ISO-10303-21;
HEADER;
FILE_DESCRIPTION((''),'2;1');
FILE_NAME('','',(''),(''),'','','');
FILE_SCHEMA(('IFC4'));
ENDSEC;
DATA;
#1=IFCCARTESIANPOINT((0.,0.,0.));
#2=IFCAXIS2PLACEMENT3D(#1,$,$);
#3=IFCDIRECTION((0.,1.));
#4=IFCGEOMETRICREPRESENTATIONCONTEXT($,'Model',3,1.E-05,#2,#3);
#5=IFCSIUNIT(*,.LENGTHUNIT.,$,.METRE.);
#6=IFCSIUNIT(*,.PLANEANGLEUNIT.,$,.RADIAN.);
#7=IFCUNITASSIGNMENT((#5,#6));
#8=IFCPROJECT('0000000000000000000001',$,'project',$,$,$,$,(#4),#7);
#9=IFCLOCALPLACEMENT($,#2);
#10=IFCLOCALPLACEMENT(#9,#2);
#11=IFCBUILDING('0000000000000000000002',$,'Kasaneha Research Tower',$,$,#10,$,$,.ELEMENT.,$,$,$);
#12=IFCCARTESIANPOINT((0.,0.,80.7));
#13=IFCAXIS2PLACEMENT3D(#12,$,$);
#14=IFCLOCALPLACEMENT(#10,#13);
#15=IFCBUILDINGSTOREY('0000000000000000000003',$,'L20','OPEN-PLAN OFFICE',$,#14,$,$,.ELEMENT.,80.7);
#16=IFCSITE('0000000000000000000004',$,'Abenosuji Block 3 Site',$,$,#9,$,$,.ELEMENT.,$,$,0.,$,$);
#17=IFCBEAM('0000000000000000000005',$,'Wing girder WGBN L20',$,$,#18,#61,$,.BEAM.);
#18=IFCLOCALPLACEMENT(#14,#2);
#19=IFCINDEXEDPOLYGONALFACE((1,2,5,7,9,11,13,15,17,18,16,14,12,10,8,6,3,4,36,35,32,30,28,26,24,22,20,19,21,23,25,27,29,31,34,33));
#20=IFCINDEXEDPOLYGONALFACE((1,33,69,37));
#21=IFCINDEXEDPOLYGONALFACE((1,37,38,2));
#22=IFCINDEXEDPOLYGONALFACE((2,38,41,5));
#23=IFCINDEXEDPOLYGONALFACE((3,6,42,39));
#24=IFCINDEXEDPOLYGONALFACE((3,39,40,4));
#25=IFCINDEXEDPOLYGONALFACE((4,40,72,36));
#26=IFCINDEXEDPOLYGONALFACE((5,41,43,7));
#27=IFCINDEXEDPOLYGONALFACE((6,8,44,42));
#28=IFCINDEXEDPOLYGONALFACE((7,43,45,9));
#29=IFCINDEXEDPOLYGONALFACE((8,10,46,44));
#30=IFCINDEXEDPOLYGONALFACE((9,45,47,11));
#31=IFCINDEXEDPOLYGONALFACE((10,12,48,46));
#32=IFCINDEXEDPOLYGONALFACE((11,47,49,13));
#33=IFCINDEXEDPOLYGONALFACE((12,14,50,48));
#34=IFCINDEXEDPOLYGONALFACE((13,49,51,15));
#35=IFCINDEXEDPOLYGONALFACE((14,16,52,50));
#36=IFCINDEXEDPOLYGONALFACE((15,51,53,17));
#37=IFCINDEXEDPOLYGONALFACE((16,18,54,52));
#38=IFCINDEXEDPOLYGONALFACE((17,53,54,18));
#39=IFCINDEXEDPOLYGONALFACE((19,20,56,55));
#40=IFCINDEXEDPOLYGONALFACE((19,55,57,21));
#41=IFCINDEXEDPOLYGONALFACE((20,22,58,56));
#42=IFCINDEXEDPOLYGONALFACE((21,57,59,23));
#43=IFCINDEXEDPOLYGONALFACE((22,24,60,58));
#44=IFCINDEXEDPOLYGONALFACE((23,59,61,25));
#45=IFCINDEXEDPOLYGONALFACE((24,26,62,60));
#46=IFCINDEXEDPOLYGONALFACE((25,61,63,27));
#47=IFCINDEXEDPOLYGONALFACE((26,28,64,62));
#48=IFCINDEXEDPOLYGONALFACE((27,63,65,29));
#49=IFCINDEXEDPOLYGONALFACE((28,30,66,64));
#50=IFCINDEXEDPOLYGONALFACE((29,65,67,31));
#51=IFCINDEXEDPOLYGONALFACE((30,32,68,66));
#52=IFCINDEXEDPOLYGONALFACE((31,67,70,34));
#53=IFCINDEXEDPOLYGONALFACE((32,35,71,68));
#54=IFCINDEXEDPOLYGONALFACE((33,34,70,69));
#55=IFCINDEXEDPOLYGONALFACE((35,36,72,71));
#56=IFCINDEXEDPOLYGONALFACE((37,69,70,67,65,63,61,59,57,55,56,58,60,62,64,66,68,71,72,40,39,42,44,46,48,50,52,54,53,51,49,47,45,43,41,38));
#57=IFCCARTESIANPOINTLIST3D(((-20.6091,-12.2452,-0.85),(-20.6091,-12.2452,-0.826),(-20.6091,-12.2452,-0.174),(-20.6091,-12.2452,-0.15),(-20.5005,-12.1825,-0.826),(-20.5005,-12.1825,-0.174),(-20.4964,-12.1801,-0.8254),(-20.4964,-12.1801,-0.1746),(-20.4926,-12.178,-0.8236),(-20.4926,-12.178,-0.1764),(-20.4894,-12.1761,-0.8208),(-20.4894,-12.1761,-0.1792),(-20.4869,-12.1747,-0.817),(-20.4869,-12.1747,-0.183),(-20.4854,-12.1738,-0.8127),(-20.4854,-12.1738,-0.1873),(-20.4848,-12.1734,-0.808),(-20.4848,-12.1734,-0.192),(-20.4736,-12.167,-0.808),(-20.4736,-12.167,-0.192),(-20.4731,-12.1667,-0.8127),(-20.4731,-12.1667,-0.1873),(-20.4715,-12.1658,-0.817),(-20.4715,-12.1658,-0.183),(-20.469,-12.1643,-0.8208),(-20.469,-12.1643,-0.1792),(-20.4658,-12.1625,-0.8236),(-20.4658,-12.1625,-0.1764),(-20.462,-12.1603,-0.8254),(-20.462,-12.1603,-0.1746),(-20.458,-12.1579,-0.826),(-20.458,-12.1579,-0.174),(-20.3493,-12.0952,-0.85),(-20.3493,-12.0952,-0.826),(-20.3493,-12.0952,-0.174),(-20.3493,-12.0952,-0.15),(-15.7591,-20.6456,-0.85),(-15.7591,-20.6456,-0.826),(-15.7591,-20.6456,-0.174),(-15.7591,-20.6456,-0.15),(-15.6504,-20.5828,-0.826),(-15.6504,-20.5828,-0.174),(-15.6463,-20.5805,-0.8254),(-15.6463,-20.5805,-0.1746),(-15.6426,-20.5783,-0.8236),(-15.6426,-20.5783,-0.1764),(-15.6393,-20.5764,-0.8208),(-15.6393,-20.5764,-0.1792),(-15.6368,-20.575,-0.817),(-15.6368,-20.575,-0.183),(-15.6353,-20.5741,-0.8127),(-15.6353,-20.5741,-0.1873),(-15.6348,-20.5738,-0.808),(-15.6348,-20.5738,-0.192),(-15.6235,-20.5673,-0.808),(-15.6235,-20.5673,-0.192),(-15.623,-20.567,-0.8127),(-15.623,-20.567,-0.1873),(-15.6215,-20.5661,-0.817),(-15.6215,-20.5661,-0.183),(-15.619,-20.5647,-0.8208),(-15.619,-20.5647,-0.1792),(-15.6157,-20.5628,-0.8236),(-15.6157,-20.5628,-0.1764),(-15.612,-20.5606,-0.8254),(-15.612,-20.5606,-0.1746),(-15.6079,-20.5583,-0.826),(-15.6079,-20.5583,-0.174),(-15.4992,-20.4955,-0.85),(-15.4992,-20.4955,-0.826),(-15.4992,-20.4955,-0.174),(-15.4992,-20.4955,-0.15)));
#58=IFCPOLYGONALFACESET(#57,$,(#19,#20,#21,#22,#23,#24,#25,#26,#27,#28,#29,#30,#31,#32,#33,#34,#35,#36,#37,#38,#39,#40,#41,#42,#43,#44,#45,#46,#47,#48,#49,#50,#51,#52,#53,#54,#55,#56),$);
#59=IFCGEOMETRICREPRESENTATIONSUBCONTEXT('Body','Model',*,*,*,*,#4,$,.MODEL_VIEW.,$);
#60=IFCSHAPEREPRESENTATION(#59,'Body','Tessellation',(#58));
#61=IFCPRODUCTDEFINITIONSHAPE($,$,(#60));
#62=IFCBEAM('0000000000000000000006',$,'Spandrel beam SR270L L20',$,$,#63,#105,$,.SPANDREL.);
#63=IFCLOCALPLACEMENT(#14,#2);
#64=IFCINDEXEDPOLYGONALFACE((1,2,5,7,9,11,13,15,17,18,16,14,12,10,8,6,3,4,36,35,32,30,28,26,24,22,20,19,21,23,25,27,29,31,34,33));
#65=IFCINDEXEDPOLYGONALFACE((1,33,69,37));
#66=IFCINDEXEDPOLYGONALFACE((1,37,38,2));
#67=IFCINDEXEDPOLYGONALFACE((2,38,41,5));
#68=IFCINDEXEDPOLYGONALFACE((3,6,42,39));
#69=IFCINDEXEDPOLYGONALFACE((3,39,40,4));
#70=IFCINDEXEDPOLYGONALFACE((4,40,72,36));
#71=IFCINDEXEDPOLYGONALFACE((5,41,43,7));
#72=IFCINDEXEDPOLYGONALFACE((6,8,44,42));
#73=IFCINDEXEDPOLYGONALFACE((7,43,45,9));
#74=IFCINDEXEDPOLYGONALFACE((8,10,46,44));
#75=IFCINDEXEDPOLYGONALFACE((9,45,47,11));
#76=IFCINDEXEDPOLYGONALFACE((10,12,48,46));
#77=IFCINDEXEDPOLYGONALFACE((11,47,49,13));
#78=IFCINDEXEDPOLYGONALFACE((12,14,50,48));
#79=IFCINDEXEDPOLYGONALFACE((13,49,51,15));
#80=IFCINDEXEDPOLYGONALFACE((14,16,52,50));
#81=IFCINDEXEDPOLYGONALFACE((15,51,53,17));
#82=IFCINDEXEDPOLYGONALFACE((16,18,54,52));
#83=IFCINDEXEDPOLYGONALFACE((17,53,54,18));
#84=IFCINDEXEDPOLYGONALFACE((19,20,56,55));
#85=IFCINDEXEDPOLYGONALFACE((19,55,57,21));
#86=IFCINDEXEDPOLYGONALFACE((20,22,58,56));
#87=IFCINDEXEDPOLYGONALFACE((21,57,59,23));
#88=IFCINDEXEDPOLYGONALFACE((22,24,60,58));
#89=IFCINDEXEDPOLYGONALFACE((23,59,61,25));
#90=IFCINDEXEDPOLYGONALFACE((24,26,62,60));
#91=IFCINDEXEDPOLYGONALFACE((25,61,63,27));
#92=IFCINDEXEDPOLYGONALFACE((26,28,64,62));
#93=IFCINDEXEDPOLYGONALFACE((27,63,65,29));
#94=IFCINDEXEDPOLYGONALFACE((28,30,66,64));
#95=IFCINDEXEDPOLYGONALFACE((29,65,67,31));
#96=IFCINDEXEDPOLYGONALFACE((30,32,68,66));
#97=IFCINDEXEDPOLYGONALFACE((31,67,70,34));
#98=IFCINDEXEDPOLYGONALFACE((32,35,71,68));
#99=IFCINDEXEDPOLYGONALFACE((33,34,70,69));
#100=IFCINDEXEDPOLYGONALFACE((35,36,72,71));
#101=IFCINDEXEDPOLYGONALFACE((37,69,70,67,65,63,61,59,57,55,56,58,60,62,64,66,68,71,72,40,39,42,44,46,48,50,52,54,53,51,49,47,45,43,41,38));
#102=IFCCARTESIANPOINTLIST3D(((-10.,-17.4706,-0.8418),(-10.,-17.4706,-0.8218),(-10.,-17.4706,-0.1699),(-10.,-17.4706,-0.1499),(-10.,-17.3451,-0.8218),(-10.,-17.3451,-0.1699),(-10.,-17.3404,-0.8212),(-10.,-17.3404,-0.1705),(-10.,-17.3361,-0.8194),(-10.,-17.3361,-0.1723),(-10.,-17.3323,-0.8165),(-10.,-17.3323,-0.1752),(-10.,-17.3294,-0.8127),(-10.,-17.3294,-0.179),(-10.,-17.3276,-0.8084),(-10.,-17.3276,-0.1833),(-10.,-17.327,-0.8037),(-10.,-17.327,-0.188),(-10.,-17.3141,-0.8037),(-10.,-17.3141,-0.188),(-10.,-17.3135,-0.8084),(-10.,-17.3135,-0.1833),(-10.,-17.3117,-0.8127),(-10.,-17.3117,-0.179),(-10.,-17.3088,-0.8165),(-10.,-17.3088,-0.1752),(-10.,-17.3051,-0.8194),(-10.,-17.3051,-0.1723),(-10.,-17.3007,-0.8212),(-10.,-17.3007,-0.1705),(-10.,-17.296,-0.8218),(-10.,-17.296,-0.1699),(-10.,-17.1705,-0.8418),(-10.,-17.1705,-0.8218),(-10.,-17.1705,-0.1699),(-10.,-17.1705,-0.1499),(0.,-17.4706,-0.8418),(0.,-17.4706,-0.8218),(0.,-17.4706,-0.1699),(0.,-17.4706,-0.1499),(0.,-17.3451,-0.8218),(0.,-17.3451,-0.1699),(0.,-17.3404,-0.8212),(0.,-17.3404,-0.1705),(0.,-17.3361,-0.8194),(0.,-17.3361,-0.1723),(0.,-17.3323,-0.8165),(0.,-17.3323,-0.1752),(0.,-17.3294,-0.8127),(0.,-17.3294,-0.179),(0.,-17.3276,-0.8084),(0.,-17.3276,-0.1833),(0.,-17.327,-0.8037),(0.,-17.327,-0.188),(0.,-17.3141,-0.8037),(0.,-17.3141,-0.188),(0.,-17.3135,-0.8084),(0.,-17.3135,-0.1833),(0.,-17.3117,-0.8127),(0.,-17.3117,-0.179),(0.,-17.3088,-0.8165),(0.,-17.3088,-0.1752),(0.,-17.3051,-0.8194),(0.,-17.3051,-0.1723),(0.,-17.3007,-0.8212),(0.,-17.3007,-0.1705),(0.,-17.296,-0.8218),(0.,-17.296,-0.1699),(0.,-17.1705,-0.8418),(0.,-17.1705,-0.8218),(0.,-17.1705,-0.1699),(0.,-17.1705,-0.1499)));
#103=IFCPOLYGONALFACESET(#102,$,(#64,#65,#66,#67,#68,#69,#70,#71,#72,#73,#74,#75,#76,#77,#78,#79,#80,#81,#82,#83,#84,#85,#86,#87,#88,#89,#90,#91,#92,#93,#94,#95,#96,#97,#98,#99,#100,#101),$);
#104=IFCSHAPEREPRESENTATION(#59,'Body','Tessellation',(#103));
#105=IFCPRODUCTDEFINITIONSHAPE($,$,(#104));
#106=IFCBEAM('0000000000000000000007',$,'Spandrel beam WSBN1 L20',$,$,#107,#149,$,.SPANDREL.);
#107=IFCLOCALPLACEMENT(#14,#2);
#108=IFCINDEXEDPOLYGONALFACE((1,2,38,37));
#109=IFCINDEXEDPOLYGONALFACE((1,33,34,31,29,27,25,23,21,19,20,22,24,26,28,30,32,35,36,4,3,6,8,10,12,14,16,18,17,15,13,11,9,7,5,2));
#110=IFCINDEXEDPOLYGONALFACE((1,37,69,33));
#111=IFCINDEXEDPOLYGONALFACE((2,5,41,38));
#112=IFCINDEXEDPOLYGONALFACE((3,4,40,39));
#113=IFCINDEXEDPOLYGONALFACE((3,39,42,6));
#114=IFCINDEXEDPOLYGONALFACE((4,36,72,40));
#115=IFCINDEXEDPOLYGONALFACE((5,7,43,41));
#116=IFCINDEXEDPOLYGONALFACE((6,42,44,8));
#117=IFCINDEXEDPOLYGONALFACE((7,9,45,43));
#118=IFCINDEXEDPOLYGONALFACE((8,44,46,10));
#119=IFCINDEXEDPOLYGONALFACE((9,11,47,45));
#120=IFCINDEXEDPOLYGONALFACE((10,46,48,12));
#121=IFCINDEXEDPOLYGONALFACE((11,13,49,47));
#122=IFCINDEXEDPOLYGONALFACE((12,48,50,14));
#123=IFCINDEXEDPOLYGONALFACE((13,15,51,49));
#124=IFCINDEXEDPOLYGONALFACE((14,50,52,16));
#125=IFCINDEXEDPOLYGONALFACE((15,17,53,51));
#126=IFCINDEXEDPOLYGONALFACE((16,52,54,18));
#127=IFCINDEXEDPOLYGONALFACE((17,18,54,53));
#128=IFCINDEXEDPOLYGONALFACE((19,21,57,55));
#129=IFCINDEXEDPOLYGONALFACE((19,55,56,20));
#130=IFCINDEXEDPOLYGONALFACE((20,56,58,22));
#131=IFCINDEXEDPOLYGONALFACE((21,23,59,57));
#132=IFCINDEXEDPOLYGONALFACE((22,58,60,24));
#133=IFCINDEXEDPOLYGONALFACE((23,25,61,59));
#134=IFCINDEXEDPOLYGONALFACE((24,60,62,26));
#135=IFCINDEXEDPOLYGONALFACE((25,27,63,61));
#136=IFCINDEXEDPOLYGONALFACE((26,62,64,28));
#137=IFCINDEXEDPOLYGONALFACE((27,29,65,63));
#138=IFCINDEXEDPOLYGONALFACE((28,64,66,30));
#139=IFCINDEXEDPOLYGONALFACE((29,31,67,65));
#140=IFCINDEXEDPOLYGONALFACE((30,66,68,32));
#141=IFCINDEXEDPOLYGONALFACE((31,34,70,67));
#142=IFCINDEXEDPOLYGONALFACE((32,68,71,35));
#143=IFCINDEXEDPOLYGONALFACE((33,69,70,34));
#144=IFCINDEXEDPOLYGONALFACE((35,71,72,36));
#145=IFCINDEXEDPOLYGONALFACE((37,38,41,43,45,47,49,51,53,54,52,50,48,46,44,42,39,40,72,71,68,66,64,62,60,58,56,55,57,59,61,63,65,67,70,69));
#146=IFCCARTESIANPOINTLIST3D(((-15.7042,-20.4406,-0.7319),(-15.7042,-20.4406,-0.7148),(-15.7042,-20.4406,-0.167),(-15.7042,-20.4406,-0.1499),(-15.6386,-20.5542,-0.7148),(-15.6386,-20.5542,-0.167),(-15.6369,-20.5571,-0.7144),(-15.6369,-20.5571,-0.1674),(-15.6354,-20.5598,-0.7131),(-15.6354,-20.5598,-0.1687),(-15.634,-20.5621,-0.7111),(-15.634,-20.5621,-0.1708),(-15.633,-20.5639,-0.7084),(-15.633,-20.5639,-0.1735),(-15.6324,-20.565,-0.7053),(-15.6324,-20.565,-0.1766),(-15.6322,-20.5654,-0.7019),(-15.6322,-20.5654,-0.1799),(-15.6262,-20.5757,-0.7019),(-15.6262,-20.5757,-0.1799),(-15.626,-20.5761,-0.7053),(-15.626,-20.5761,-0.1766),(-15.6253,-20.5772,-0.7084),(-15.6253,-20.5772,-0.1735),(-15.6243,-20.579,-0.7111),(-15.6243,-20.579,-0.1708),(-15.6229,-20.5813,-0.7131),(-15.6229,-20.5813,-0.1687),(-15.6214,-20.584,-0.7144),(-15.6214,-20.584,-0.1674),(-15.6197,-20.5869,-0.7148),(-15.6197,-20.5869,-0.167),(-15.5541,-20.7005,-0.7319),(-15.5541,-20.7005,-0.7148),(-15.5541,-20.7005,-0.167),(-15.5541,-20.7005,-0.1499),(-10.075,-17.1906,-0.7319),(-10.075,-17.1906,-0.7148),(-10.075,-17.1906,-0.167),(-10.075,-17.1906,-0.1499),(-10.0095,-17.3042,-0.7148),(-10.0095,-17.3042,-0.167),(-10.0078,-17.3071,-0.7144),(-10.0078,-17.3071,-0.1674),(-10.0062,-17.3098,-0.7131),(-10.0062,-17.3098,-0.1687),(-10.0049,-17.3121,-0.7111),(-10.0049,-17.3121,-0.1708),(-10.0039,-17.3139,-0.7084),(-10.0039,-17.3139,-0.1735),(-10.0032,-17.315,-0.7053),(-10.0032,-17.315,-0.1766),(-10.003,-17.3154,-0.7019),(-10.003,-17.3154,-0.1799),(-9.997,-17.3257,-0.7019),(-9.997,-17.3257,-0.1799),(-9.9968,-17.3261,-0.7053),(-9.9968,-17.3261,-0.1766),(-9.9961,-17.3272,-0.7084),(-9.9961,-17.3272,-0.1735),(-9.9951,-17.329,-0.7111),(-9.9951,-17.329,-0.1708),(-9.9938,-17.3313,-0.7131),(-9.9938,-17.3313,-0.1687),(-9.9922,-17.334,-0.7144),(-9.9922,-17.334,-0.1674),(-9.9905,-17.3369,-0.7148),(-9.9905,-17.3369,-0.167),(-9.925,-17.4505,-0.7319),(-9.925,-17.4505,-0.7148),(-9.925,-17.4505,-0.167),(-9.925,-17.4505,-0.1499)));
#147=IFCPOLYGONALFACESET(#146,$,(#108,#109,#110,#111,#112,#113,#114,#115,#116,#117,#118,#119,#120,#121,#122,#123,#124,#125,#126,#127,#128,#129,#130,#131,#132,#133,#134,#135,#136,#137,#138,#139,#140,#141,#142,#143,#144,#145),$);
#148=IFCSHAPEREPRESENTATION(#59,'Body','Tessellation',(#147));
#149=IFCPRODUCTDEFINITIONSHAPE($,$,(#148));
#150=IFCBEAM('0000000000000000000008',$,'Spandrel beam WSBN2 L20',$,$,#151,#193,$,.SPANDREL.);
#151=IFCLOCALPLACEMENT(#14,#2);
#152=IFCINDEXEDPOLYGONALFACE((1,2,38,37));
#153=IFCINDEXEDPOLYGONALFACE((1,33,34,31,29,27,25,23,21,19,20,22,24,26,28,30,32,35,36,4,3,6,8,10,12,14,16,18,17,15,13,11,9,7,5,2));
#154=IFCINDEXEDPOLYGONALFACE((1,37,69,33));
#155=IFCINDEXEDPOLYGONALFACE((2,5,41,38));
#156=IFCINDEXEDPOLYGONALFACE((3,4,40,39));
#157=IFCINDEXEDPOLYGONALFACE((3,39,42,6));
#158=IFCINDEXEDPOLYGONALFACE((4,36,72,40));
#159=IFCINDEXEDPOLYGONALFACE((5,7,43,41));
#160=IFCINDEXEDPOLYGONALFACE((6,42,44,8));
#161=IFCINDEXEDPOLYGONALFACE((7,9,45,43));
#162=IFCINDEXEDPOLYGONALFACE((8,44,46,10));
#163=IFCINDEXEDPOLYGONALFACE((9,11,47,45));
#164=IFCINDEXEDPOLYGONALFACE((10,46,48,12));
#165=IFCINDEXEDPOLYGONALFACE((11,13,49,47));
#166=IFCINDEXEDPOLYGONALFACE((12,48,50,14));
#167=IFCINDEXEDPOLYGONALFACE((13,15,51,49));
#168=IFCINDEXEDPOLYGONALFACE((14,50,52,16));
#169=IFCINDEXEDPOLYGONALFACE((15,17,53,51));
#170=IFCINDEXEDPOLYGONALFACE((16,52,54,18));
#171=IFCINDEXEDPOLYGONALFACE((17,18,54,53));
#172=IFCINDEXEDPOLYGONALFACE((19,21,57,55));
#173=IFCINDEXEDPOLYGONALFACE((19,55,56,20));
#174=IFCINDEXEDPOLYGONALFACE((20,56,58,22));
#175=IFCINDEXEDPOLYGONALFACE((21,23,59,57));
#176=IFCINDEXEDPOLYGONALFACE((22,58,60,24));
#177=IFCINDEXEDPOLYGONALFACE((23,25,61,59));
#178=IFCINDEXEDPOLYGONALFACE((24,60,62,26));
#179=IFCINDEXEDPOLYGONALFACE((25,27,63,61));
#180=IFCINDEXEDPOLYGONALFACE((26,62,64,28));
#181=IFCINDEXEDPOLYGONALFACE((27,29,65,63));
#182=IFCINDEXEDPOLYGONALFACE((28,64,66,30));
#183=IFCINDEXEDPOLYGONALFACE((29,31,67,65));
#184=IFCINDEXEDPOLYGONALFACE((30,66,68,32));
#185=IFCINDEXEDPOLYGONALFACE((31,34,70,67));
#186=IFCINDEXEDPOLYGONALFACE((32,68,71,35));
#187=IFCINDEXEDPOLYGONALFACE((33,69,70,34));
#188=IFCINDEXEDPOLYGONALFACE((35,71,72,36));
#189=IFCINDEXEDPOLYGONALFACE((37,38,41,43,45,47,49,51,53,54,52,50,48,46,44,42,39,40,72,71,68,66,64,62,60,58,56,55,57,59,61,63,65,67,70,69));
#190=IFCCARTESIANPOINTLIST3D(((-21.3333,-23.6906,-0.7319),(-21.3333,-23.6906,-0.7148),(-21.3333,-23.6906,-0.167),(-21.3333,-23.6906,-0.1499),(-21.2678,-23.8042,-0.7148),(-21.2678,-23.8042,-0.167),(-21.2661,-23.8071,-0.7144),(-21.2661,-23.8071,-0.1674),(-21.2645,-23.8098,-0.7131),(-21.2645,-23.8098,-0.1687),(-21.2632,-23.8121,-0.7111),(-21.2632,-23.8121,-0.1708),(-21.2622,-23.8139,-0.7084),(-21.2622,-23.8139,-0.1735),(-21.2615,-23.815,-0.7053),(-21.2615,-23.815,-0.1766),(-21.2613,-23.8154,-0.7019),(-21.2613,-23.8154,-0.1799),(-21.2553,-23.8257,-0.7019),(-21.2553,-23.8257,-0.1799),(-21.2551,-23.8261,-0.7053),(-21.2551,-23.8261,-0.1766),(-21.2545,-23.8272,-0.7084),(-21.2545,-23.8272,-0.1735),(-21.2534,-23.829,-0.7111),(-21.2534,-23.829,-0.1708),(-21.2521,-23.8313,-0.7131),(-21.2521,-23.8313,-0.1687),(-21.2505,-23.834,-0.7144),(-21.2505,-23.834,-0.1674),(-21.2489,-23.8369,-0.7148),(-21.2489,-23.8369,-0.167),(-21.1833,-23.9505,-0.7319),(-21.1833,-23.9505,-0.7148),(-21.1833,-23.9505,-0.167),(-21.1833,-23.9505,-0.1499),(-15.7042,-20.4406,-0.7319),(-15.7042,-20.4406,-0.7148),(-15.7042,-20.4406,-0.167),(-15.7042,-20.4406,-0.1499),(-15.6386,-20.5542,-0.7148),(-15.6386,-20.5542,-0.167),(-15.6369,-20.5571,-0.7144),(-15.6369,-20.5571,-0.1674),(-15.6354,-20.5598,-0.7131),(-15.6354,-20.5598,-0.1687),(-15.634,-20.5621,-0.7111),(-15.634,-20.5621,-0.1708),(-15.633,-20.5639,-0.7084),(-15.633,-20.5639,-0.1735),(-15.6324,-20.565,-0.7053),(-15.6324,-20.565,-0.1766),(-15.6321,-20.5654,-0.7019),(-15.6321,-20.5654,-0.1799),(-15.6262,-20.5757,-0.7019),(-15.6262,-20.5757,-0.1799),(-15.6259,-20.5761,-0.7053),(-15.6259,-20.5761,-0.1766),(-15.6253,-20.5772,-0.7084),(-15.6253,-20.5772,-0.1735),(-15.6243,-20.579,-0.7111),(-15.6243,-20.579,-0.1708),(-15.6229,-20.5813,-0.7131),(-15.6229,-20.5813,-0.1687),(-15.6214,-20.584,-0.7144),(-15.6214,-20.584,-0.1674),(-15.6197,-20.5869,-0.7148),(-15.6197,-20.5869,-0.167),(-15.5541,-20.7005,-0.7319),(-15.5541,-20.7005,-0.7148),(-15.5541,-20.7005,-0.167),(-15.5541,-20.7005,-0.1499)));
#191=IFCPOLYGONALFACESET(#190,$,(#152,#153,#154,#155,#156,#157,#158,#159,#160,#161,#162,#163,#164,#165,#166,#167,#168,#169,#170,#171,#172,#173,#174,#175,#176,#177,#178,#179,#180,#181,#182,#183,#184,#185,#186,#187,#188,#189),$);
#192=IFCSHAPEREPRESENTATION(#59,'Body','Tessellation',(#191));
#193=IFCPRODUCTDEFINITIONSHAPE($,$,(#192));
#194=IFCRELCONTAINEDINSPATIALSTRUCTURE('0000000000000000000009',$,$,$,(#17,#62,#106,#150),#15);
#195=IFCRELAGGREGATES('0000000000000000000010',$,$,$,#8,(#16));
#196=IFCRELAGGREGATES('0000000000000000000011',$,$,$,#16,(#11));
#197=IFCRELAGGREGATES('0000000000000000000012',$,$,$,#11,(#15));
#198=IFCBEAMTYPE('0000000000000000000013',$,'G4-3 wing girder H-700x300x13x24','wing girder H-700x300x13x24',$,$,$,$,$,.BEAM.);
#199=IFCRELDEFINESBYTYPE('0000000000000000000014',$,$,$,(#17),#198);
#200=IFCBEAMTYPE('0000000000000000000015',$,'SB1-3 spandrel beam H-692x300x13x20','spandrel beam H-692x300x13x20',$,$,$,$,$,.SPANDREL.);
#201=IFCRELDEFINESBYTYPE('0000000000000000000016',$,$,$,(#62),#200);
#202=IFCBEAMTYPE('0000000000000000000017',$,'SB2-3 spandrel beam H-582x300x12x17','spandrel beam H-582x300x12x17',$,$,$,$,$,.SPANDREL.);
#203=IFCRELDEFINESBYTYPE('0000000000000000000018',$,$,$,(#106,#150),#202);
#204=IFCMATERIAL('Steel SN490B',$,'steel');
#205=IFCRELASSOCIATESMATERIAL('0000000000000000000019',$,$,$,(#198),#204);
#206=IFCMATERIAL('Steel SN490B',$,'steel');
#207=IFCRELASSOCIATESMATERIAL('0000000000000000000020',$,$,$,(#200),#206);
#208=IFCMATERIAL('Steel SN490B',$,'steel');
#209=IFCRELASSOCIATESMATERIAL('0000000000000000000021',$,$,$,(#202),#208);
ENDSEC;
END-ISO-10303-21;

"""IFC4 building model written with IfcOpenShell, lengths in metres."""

from ifc_helpers import new_model, si_unit, direction, frame, origin, origin_2d, place, context, subcontext, project, spatial, i_section, extrude, material, material_profile, profile_set, type_object, element, save


model = new_model("IFC4")

# Units and contexts
model_context = context("Model", 3, precision=1e-05, world=origin(), true_north=direction((0.0, 1.0)))
body_context = subcontext(model_context, "Body", "Model", "MODEL_VIEW")
ifc_project = project(units=[si_unit("LENGTHUNIT", "METRE"), si_unit("PLANEANGLEUNIT", "RADIAN")], contexts=[model_context])

# Site, building, storey
site_placement = place(None, origin())
site = spatial("IfcSite", under=ifc_project, at=site_placement, Name="Abenosuji Block 3 Site", CompositionType="ELEMENT", RefElevation=0.0)
building_placement = place(site_placement, origin())
building = spatial("IfcBuilding", under=site, at=building_placement, Name="Kasaneha Research Tower", CompositionType="ELEMENT")
storey_placement = place(building_placement, frame((0.0, 0.0, 80.7)))
storey = spatial("IfcBuildingStorey", under=building, at=storey_placement, Name="L20", Description="OPEN-PLAN OFFICE", CompositionType="ELEMENT", Elevation=80.7)

# Beams
ifc_material_1 = material(Name="Steel SN490B", Category="steel")
ifc_material_profile_1 = material_profile(ifc_material_1, i_section(OverallWidth=0.3, OverallDepth=0.7, WebThickness=0.0129, FlangeThickness=0.0239, FilletRadius=0.0181, at=origin_2d()), Name="H-700x300x13x24")
ifc_profile_set_1 = profile_set([ifc_material_profile_1], Name="Steel SN490B")
beam_type_1 = type_object("IfcBeamType", Name="G4-3 wing girder H-700x300x13x24", Description="wing girder H-700x300x13x24", PredefinedType="BEAM", material=ifc_profile_set_1)
beam_1_placement = place(storey_placement, frame((-15.6292, -20.5706, -0.5), z_axis=(-0.50001, 0.86602, 0.0), x_axis=(-0.86602, -0.50001, 0.0)))
element("IfcBeam", 1, at=beam_1_placement, inside=storey, type_object=beam_type_1, Name="Wing girder WGBN L20", PredefinedType="BEAM", context=body_context, shape_type="SweptSolid", body=[
    extrude(i_section(OverallWidth=0.3, OverallDepth=0.7, WebThickness=0.0129, FlangeThickness=0.0239, FilletRadius=0.0181, at=origin_2d()), origin(), (0.0, 0.0, 1.0), 9.7),
])
ifc_material_2 = material(Name="Steel SN490B", Category="steel")
ifc_material_profile_2 = material_profile(ifc_material_2, i_section(OverallWidth=0.3, OverallDepth=0.6919, WebThickness=0.0129, FlangeThickness=0.02, FilletRadius=0.0181, at=origin_2d()), Name="H-692x300x13x20")
ifc_profile_set_2 = profile_set([ifc_material_profile_2], Name="Steel SN490B")
beam_type_2 = type_object("IfcBeamType", Name="SB1-3 spandrel beam H-692x300x13x20", Description="spandrel beam H-692x300x13x20", PredefinedType="SPANDREL", material=ifc_profile_set_2)
beam_2_placement = place(storey_placement, frame((-10.0, -17.3206, -0.4958), z_axis=(1.0, 0.0, 0.0), x_axis=(0.0, 1.0, 0.0)))
element("IfcBeam", 2, at=beam_2_placement, inside=storey, type_object=beam_type_2, Name="Spandrel beam SR270L L20", PredefinedType="SPANDREL", context=body_context, shape_type="SweptSolid", body=[
    extrude(i_section(OverallWidth=0.3, OverallDepth=0.6919, WebThickness=0.0129, FlangeThickness=0.02, FilletRadius=0.0181, at=origin_2d()), origin(), (0.0, 0.0, 1.0), 10.0),
])
ifc_material_3 = material(Name="Steel SN490B", Category="steel")
ifc_material_profile_3 = material_profile(ifc_material_3, i_section(OverallWidth=0.3, OverallDepth=0.582, WebThickness=0.012, FlangeThickness=0.0171, FilletRadius=0.0129, at=origin_2d()), Name="H-582x300x12x17")
ifc_profile_set_3 = profile_set([ifc_material_profile_3], Name="Steel SN490B")
beam_type_3 = type_object("IfcBeamType", Name="SB2-3 spandrel beam H-582x300x12x17", Description="spandrel beam H-582x300x12x17", PredefinedType="SPANDREL", material=ifc_profile_set_3)
for number, where, z_axis, x_axis, name in (
    (3, (-10.0, -17.3206, -0.4409), (-0.866025, -0.500001, 0.0), (0.500001, -0.866025, 0.0), "Spandrel beam WSBN1 L20"),
    (4, (-15.6292, -20.5706, -0.4409), (-0.866025, -0.500001, 0.0), (0.500001, -0.866025, 0.0), "Spandrel beam WSBN2 L20"),
):
    element("IfcBeam", number, at=place(storey_placement, frame(where, z_axis=z_axis, x_axis=x_axis)), inside=storey, type_object=beam_type_3, Name=name, PredefinedType="SPANDREL", context=body_context, shape_type="SweptSolid", body=[
        extrude(i_section(OverallWidth=0.3, OverallDepth=0.582, WebThickness=0.012, FlangeThickness=0.0171, FilletRadius=0.0129, at=origin_2d()), origin(), (0.0, 0.0, 1.0), 6.5),
    ])

save(model, "model.ifc")
